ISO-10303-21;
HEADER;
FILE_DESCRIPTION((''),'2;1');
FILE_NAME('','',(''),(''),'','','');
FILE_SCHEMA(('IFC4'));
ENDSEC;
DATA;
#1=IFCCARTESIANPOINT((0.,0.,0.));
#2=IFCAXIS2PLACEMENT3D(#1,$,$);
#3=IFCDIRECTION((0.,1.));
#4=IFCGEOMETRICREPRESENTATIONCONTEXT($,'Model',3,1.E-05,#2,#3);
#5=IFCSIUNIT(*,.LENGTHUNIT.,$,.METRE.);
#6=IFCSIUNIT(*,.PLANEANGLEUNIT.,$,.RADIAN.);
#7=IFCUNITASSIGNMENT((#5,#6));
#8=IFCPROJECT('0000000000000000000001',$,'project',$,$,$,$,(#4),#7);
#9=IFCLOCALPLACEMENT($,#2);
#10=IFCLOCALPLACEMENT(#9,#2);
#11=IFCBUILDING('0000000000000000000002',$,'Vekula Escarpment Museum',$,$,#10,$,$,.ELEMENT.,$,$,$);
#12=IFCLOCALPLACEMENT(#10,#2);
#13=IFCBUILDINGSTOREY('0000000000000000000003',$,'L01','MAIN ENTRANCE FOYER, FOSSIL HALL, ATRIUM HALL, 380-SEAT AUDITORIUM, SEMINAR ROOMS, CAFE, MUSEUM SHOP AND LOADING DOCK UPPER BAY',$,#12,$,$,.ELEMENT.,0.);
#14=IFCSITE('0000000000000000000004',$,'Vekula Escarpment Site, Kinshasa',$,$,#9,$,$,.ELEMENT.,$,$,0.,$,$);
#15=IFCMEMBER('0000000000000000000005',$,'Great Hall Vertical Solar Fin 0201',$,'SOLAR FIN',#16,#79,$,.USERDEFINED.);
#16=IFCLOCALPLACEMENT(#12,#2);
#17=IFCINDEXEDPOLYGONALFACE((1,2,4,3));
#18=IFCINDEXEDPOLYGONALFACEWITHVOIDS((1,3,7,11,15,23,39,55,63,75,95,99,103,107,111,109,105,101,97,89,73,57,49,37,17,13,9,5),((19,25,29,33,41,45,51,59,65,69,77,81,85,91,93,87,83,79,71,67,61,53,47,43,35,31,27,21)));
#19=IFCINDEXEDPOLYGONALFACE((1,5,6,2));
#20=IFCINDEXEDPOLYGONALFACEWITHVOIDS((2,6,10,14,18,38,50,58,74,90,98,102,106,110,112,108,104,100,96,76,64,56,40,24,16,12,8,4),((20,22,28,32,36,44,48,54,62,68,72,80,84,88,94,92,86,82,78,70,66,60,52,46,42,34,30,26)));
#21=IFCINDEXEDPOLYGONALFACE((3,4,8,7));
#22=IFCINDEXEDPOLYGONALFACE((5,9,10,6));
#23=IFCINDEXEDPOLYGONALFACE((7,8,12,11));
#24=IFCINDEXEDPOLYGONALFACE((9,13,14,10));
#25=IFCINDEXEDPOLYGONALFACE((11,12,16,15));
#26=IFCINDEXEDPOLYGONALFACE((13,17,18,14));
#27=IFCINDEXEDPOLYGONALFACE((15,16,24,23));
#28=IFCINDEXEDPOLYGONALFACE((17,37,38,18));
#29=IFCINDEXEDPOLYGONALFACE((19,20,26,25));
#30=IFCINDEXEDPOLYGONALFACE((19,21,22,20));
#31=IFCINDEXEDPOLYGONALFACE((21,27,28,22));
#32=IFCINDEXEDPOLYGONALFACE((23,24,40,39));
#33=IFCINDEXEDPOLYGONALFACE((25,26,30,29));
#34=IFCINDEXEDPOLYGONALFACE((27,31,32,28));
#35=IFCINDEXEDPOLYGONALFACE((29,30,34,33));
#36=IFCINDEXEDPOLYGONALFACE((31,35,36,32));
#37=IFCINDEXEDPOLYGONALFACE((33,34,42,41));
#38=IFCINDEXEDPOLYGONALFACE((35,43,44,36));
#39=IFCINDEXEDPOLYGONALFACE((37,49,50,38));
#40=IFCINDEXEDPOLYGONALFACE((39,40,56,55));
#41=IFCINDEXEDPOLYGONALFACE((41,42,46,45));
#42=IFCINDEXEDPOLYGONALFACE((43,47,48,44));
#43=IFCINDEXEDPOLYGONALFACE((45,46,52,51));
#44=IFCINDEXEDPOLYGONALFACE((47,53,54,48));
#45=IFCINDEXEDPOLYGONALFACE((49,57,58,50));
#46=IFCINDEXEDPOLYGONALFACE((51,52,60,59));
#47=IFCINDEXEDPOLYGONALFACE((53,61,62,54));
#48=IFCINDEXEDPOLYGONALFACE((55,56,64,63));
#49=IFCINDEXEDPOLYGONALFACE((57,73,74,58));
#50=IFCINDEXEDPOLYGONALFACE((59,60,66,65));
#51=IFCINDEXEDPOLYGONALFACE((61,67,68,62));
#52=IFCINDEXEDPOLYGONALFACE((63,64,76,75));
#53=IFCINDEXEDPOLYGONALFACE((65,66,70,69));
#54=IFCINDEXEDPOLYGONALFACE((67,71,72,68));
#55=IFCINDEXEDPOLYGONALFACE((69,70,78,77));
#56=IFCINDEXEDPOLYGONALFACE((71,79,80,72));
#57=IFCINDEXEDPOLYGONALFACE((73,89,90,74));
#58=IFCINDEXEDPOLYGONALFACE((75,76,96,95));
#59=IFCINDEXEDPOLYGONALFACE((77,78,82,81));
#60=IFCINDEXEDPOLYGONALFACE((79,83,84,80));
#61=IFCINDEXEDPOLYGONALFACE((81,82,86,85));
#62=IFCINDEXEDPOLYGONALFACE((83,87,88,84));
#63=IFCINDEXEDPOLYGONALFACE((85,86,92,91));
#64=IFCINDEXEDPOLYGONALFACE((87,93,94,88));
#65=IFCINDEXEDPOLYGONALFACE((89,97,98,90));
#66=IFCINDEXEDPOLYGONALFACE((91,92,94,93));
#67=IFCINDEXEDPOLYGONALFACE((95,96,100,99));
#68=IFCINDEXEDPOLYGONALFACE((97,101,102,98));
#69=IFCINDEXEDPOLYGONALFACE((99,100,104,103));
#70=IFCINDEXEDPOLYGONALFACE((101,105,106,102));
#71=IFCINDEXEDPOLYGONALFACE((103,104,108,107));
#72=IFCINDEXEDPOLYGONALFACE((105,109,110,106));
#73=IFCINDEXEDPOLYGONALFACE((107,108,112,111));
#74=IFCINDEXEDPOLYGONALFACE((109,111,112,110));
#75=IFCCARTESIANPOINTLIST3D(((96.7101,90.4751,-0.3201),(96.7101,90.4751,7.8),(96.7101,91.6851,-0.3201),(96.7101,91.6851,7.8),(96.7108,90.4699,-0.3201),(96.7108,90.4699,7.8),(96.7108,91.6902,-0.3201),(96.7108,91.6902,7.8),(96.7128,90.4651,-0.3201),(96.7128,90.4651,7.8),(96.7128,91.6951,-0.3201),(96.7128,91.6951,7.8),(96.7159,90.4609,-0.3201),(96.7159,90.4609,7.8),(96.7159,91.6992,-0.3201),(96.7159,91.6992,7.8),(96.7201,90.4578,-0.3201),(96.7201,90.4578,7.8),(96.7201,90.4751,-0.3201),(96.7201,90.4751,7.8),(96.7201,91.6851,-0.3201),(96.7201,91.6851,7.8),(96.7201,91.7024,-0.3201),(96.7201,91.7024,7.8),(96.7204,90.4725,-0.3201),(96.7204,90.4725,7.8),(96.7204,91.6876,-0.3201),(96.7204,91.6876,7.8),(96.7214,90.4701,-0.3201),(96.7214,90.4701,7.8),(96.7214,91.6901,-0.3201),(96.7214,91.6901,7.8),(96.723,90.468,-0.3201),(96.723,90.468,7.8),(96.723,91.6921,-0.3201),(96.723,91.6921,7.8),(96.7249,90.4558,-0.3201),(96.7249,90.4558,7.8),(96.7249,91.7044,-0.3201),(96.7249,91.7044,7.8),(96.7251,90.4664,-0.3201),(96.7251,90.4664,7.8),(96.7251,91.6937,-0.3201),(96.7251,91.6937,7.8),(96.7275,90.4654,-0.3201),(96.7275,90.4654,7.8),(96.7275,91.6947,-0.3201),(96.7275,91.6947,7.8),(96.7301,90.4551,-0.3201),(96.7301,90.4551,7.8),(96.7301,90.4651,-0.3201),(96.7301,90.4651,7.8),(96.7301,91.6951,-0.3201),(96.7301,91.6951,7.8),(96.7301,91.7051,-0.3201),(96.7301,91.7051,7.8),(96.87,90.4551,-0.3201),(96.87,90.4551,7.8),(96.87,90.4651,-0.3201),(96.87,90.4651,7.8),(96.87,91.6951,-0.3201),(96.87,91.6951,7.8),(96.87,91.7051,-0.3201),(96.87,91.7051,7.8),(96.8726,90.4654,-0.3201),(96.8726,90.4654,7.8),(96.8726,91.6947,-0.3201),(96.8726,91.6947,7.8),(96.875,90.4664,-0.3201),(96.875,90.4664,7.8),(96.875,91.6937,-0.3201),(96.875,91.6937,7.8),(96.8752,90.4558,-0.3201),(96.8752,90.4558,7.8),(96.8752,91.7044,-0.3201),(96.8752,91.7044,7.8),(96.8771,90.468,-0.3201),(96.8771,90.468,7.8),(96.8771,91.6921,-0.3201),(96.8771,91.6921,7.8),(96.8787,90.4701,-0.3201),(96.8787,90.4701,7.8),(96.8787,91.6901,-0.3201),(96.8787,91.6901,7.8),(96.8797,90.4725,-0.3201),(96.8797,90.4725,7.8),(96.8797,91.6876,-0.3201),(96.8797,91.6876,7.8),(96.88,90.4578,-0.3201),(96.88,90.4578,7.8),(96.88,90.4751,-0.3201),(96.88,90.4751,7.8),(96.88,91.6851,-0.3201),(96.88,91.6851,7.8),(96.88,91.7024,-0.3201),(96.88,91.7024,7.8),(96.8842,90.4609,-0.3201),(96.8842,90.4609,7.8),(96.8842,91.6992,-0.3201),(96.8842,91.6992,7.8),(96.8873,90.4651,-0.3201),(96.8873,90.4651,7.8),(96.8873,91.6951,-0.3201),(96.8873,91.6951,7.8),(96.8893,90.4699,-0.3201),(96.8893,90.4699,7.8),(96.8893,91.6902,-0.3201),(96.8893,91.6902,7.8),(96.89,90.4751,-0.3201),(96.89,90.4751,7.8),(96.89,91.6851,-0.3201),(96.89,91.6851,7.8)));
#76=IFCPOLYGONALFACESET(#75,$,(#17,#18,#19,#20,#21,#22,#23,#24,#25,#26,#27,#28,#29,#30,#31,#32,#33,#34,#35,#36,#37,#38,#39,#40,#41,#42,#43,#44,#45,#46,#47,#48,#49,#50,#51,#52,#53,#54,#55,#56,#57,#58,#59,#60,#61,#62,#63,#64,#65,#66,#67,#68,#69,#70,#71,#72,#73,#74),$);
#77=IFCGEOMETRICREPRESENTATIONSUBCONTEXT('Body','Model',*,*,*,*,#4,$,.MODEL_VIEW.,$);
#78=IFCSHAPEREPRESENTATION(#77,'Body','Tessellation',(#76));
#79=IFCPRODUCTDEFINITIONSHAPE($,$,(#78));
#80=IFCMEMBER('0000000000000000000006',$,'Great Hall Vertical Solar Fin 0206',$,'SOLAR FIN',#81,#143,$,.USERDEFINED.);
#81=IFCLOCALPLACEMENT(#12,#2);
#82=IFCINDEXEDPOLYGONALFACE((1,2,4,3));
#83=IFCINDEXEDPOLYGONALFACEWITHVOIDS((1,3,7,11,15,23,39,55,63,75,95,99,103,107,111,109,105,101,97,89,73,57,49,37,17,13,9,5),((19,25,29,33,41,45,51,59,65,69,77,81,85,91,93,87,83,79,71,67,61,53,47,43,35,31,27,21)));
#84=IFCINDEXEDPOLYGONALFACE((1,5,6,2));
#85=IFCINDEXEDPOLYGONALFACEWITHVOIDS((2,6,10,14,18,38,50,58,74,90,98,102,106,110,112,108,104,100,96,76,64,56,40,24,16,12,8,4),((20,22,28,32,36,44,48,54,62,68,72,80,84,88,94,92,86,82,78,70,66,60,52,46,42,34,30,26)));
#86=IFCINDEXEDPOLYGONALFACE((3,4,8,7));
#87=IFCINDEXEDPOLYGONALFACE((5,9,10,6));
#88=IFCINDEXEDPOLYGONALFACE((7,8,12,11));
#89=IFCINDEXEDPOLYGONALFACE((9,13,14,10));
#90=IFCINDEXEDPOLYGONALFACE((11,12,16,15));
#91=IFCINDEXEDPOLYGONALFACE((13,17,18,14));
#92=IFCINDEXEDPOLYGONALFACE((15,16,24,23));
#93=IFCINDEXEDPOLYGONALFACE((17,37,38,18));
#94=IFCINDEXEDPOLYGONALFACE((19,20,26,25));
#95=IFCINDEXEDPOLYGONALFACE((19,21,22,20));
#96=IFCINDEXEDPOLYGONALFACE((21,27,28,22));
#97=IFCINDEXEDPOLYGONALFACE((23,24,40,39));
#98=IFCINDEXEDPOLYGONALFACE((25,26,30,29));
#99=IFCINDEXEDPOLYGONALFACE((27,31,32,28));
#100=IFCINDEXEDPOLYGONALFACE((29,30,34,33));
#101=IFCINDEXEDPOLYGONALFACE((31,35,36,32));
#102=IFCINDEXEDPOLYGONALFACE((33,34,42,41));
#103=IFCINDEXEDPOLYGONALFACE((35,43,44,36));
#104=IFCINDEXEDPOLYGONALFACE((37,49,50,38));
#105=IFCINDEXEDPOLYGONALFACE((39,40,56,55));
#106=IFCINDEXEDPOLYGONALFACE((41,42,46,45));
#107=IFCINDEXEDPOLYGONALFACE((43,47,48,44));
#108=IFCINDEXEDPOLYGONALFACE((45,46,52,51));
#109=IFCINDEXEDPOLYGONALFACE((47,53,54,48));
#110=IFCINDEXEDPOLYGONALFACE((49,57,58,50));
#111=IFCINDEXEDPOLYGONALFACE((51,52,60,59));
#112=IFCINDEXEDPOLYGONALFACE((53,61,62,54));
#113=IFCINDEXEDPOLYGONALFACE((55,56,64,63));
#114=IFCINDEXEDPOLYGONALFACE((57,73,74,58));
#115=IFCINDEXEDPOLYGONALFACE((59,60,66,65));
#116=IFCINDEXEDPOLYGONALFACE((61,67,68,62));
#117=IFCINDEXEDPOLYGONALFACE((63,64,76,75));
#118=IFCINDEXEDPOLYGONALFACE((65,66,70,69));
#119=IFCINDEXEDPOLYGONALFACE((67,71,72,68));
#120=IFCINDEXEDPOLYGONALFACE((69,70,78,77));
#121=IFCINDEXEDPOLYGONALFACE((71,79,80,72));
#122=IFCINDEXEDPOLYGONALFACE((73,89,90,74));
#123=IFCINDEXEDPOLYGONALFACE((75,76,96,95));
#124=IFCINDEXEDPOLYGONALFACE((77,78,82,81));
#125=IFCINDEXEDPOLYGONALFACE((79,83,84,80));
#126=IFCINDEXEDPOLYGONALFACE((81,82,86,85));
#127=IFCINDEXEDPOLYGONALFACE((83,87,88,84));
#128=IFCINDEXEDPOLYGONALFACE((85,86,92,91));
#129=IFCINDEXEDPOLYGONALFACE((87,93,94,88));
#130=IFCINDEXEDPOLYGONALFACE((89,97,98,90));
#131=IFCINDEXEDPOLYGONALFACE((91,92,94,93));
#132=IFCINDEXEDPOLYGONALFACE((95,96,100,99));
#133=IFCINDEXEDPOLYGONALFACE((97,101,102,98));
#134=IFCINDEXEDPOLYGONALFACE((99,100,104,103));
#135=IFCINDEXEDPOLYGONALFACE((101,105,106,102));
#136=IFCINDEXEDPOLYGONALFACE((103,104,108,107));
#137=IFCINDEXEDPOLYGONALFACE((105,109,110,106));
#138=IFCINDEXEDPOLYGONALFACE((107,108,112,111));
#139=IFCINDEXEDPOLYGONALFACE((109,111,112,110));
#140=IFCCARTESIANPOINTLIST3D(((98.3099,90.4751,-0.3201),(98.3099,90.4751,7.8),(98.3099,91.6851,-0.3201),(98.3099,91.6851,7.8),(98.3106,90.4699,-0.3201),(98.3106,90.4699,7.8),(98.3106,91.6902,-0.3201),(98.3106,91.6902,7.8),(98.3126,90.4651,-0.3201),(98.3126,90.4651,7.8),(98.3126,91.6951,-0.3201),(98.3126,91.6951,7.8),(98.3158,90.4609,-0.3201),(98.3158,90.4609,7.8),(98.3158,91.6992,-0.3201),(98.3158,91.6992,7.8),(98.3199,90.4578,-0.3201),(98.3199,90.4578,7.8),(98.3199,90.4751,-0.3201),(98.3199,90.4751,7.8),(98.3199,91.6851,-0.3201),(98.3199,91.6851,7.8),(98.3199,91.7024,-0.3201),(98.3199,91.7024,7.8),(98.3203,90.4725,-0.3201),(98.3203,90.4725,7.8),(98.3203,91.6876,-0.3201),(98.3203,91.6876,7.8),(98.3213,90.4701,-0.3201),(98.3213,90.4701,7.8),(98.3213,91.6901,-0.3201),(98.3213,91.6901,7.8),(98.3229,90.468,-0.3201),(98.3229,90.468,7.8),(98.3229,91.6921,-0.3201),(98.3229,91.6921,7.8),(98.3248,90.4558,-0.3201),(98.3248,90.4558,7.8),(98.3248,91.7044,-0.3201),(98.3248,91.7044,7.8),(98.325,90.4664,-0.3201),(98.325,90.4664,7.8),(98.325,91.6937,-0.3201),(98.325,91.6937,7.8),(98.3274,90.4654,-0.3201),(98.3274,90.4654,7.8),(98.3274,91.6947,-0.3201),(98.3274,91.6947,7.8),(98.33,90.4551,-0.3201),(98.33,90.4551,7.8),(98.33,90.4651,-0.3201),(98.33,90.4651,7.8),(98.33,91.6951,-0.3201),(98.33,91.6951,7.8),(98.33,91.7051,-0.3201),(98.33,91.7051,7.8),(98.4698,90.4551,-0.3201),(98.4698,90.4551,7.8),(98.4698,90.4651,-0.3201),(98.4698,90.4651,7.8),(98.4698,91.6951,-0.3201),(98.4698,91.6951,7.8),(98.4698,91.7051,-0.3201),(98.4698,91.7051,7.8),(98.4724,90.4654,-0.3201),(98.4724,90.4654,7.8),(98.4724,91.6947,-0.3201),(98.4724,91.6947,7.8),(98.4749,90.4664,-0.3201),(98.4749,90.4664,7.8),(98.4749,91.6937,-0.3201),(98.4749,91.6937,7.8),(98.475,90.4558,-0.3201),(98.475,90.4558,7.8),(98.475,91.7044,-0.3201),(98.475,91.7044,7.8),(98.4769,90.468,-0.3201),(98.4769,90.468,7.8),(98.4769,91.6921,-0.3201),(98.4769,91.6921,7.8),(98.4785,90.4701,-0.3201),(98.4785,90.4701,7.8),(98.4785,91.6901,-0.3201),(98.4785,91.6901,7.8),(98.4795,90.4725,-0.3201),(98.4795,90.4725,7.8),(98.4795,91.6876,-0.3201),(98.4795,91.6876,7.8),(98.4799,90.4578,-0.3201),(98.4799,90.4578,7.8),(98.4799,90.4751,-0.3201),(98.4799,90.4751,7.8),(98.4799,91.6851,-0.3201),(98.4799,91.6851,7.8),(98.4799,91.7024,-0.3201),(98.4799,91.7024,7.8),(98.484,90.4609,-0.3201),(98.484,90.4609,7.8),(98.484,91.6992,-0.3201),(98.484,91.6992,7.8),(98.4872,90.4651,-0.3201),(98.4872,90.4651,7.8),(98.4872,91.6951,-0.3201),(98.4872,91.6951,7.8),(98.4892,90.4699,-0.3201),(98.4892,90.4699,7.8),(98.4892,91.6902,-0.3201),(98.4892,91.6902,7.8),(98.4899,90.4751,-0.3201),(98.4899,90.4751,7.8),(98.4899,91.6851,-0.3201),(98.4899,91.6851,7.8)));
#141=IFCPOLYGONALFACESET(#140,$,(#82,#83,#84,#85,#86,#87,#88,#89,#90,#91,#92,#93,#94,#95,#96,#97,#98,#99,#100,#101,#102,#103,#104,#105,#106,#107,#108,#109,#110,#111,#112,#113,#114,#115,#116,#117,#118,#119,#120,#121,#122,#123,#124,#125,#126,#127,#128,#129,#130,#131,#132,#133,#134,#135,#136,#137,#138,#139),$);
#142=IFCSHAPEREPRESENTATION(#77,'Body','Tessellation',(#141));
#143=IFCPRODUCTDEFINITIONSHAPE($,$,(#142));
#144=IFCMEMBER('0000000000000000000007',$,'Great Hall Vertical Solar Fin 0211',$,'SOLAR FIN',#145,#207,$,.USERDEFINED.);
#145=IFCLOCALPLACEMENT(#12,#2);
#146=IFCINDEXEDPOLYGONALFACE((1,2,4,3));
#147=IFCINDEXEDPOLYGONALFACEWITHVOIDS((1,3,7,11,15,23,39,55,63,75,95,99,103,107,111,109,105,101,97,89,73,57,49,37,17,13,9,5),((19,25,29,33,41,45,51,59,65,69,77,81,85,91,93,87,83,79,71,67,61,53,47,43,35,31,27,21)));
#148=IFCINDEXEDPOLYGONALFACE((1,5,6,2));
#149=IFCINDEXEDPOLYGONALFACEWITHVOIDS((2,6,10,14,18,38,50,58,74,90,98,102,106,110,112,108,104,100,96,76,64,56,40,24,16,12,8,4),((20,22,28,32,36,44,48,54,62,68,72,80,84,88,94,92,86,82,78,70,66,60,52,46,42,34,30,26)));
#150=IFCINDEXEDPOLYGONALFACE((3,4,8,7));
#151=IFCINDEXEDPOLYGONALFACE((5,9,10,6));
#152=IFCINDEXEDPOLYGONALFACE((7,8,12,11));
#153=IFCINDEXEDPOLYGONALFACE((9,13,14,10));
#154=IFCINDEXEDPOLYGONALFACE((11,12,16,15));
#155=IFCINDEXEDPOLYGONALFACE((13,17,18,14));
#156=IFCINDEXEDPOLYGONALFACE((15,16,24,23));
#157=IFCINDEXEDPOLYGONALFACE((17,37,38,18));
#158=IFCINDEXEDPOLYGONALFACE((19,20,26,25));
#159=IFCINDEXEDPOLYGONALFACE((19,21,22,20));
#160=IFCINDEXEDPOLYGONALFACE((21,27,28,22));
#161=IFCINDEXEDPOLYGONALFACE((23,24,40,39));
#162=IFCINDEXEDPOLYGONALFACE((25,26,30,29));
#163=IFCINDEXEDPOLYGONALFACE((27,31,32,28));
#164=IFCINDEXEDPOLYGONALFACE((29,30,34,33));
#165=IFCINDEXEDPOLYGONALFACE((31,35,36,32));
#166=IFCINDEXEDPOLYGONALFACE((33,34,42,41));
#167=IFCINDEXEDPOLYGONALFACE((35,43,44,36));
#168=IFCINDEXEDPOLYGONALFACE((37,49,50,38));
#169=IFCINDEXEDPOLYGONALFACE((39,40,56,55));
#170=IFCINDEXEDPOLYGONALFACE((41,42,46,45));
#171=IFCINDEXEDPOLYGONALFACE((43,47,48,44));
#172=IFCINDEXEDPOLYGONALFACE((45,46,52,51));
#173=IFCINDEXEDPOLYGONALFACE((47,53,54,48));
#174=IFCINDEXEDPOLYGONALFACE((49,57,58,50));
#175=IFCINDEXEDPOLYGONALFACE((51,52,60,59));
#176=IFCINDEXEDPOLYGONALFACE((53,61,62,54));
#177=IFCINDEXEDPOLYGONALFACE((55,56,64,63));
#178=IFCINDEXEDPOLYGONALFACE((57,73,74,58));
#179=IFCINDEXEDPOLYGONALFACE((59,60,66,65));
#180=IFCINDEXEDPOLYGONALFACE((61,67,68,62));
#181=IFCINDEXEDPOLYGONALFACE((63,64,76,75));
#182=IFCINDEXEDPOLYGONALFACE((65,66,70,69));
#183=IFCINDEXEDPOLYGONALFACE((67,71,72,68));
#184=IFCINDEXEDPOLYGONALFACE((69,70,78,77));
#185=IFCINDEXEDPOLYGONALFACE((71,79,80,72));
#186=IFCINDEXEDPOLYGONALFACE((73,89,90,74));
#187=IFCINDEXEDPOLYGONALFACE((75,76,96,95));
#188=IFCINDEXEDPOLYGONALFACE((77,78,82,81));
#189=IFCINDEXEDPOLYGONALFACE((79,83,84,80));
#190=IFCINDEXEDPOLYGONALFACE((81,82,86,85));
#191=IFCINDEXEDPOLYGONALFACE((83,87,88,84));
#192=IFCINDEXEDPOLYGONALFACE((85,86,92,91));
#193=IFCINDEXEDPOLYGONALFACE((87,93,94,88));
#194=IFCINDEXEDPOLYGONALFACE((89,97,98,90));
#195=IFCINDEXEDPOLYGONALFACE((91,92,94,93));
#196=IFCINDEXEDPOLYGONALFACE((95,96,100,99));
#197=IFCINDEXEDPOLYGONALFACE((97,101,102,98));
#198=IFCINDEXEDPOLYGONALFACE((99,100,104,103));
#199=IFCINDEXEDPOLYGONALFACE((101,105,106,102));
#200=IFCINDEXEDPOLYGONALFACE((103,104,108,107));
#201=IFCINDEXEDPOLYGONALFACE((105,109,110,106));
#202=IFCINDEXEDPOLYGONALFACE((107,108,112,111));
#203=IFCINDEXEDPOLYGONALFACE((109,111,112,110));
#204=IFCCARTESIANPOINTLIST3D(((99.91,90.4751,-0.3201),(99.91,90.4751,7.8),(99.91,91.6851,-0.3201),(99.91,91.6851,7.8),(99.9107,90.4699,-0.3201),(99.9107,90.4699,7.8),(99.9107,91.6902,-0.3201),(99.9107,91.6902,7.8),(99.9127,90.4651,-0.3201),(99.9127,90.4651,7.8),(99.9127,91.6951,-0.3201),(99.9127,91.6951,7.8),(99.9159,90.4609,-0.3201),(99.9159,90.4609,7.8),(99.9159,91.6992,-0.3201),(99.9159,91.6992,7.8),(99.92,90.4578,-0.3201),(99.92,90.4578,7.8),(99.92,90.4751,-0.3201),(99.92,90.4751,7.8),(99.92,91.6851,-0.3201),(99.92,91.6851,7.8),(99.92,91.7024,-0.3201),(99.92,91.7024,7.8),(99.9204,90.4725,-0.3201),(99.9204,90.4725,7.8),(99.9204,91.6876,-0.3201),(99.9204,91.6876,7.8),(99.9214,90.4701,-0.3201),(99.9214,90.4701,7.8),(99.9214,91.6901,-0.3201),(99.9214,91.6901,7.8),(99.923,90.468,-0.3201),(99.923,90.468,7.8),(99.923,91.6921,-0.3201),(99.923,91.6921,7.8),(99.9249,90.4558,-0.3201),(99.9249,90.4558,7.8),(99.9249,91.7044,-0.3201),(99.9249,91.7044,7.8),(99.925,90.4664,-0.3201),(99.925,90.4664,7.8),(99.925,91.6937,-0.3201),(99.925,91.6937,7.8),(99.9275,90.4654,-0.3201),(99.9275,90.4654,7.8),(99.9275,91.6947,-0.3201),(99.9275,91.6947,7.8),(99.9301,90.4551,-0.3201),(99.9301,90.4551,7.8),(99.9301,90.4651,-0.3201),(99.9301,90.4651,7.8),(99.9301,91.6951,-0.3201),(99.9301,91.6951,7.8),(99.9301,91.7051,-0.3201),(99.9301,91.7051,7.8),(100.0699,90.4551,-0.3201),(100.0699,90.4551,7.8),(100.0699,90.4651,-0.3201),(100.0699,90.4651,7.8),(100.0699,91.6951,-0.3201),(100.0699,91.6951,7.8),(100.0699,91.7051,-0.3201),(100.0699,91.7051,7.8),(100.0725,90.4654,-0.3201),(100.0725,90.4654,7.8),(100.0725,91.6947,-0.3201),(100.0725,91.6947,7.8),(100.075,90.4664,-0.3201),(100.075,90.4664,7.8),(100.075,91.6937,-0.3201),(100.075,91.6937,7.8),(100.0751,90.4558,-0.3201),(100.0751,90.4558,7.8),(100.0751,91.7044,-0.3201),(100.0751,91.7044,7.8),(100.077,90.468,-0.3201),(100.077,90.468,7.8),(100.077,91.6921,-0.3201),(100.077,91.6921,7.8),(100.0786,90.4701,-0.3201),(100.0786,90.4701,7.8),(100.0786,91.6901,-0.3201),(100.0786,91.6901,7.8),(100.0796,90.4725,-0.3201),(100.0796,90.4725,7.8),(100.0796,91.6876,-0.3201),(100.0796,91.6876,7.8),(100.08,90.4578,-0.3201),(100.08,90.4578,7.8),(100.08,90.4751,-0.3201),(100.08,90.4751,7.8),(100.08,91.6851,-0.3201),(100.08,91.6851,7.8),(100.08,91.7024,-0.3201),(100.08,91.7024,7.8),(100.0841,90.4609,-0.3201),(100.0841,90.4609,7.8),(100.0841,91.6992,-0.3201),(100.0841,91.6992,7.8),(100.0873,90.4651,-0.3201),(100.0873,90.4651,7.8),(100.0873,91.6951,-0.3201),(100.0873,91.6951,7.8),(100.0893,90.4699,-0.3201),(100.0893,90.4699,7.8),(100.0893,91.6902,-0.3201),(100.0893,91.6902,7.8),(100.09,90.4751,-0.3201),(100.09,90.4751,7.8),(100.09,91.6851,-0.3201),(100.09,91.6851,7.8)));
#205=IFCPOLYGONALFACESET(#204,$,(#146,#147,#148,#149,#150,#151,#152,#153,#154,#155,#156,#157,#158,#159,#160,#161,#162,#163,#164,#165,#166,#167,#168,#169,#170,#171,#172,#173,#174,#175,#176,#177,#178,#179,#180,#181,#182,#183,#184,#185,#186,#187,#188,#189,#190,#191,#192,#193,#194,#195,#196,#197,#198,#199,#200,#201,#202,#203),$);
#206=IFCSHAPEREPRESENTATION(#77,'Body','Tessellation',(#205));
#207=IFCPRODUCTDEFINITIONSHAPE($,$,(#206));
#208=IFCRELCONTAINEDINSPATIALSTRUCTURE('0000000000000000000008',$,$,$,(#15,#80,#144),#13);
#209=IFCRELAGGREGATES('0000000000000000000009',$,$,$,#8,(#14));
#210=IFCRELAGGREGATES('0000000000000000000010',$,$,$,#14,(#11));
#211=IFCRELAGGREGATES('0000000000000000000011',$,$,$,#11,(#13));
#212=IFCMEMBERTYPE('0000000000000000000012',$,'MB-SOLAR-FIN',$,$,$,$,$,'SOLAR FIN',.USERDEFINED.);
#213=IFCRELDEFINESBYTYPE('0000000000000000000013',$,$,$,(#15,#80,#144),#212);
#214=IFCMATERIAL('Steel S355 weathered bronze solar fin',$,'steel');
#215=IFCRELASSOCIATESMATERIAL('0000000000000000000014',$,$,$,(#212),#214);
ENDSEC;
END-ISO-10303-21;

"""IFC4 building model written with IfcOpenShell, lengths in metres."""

from ifc_helpers import new_model, si_unit, direction, frame, origin, origin_2d, place, context, subcontext, project, spatial, hollow_rectangle, extrude, material, material_profile, profile_set, type_object, element, save


model = new_model("IFC4")

# Units and contexts
model_context = context("Model", 3, precision=1e-05, world=origin(), true_north=direction((0.0, 1.0)))
body_context = subcontext(model_context, "Body", "Model", "MODEL_VIEW")
ifc_project = project(units=[si_unit("LENGTHUNIT", "METRE"), si_unit("PLANEANGLEUNIT", "RADIAN")], contexts=[model_context])

# Site, building, storey
site_placement = place(None, origin())
site = spatial("IfcSite", under=ifc_project, at=site_placement, Name="Vekula Escarpment Site, Kinshasa", CompositionType="ELEMENT", RefElevation=0.0)
building_placement = place(site_placement, origin())
building = spatial("IfcBuilding", under=site, at=building_placement, Name="Vekula Escarpment Museum", CompositionType="ELEMENT")
storey_placement = place(building_placement, origin())
storey = spatial("IfcBuildingStorey", under=building, at=storey_placement, Name="L01", Description="MAIN ENTRANCE FOYER, FOSSIL HALL, ATRIUM HALL, 380-SEAT AUDITORIUM, SEMINAR ROOMS, CAFE, MUSEUM SHOP AND LOADING DOCK UPPER BAY", CompositionType="ELEMENT", Elevation=0.0)

# Members
ifc_material_1 = material(Name="Steel S355 weathered bronze solar fin", Category="steel")
ifc_material_profile_1 = material_profile(ifc_material_1, hollow_rectangle(XDim=0.1799, YDim=1.25, WallThickness=0.01, InnerFilletRadius=0.01, OuterFilletRadius=0.02, at=origin_2d()), Name="RHS 1250x180x10")
ifc_profile_set_1 = profile_set([ifc_material_profile_1], Name="Steel S355 weathered bronze solar fin")
member_type_1 = type_object("IfcMemberType", Name="MB-SOLAR-FIN", ElementType="SOLAR FIN", PredefinedType="USERDEFINED", material=ifc_profile_set_1)
for number, where, z_axis, x_axis, name in (
    (1, (96.8, 91.0801, -0.3201), (0.0, 0.0, 1.0), (1.0, 0.0, 0.0), "Great Hall Vertical Solar Fin 0201"),
    (2, (98.3999, 91.0801, -0.3201), (0.0, 0.0, 1.0), (1.0, 0.0, 0.0), "Great Hall Vertical Solar Fin 0206"),
    (3, (100.0, 91.0801, -0.3201), (0.0, 0.0, 1.0), (1.0, 0.0, 0.0), "Great Hall Vertical Solar Fin 0211"),
):
    element("IfcMember", number, at=place(storey_placement, frame(where, z_axis=z_axis, x_axis=x_axis)), inside=storey, type_object=member_type_1, Name=name, ObjectType="SOLAR FIN", PredefinedType="USERDEFINED", context=body_context, shape_type="SweptSolid", body=[
        extrude(hollow_rectangle(XDim=0.1799, YDim=1.25, WallThickness=0.01, InnerFilletRadius=0.01, OuterFilletRadius=0.02, at=origin_2d()), origin(), (0.0, 0.0, 1.0), 8.1201),
    ])

save(model, "model.ifc")
